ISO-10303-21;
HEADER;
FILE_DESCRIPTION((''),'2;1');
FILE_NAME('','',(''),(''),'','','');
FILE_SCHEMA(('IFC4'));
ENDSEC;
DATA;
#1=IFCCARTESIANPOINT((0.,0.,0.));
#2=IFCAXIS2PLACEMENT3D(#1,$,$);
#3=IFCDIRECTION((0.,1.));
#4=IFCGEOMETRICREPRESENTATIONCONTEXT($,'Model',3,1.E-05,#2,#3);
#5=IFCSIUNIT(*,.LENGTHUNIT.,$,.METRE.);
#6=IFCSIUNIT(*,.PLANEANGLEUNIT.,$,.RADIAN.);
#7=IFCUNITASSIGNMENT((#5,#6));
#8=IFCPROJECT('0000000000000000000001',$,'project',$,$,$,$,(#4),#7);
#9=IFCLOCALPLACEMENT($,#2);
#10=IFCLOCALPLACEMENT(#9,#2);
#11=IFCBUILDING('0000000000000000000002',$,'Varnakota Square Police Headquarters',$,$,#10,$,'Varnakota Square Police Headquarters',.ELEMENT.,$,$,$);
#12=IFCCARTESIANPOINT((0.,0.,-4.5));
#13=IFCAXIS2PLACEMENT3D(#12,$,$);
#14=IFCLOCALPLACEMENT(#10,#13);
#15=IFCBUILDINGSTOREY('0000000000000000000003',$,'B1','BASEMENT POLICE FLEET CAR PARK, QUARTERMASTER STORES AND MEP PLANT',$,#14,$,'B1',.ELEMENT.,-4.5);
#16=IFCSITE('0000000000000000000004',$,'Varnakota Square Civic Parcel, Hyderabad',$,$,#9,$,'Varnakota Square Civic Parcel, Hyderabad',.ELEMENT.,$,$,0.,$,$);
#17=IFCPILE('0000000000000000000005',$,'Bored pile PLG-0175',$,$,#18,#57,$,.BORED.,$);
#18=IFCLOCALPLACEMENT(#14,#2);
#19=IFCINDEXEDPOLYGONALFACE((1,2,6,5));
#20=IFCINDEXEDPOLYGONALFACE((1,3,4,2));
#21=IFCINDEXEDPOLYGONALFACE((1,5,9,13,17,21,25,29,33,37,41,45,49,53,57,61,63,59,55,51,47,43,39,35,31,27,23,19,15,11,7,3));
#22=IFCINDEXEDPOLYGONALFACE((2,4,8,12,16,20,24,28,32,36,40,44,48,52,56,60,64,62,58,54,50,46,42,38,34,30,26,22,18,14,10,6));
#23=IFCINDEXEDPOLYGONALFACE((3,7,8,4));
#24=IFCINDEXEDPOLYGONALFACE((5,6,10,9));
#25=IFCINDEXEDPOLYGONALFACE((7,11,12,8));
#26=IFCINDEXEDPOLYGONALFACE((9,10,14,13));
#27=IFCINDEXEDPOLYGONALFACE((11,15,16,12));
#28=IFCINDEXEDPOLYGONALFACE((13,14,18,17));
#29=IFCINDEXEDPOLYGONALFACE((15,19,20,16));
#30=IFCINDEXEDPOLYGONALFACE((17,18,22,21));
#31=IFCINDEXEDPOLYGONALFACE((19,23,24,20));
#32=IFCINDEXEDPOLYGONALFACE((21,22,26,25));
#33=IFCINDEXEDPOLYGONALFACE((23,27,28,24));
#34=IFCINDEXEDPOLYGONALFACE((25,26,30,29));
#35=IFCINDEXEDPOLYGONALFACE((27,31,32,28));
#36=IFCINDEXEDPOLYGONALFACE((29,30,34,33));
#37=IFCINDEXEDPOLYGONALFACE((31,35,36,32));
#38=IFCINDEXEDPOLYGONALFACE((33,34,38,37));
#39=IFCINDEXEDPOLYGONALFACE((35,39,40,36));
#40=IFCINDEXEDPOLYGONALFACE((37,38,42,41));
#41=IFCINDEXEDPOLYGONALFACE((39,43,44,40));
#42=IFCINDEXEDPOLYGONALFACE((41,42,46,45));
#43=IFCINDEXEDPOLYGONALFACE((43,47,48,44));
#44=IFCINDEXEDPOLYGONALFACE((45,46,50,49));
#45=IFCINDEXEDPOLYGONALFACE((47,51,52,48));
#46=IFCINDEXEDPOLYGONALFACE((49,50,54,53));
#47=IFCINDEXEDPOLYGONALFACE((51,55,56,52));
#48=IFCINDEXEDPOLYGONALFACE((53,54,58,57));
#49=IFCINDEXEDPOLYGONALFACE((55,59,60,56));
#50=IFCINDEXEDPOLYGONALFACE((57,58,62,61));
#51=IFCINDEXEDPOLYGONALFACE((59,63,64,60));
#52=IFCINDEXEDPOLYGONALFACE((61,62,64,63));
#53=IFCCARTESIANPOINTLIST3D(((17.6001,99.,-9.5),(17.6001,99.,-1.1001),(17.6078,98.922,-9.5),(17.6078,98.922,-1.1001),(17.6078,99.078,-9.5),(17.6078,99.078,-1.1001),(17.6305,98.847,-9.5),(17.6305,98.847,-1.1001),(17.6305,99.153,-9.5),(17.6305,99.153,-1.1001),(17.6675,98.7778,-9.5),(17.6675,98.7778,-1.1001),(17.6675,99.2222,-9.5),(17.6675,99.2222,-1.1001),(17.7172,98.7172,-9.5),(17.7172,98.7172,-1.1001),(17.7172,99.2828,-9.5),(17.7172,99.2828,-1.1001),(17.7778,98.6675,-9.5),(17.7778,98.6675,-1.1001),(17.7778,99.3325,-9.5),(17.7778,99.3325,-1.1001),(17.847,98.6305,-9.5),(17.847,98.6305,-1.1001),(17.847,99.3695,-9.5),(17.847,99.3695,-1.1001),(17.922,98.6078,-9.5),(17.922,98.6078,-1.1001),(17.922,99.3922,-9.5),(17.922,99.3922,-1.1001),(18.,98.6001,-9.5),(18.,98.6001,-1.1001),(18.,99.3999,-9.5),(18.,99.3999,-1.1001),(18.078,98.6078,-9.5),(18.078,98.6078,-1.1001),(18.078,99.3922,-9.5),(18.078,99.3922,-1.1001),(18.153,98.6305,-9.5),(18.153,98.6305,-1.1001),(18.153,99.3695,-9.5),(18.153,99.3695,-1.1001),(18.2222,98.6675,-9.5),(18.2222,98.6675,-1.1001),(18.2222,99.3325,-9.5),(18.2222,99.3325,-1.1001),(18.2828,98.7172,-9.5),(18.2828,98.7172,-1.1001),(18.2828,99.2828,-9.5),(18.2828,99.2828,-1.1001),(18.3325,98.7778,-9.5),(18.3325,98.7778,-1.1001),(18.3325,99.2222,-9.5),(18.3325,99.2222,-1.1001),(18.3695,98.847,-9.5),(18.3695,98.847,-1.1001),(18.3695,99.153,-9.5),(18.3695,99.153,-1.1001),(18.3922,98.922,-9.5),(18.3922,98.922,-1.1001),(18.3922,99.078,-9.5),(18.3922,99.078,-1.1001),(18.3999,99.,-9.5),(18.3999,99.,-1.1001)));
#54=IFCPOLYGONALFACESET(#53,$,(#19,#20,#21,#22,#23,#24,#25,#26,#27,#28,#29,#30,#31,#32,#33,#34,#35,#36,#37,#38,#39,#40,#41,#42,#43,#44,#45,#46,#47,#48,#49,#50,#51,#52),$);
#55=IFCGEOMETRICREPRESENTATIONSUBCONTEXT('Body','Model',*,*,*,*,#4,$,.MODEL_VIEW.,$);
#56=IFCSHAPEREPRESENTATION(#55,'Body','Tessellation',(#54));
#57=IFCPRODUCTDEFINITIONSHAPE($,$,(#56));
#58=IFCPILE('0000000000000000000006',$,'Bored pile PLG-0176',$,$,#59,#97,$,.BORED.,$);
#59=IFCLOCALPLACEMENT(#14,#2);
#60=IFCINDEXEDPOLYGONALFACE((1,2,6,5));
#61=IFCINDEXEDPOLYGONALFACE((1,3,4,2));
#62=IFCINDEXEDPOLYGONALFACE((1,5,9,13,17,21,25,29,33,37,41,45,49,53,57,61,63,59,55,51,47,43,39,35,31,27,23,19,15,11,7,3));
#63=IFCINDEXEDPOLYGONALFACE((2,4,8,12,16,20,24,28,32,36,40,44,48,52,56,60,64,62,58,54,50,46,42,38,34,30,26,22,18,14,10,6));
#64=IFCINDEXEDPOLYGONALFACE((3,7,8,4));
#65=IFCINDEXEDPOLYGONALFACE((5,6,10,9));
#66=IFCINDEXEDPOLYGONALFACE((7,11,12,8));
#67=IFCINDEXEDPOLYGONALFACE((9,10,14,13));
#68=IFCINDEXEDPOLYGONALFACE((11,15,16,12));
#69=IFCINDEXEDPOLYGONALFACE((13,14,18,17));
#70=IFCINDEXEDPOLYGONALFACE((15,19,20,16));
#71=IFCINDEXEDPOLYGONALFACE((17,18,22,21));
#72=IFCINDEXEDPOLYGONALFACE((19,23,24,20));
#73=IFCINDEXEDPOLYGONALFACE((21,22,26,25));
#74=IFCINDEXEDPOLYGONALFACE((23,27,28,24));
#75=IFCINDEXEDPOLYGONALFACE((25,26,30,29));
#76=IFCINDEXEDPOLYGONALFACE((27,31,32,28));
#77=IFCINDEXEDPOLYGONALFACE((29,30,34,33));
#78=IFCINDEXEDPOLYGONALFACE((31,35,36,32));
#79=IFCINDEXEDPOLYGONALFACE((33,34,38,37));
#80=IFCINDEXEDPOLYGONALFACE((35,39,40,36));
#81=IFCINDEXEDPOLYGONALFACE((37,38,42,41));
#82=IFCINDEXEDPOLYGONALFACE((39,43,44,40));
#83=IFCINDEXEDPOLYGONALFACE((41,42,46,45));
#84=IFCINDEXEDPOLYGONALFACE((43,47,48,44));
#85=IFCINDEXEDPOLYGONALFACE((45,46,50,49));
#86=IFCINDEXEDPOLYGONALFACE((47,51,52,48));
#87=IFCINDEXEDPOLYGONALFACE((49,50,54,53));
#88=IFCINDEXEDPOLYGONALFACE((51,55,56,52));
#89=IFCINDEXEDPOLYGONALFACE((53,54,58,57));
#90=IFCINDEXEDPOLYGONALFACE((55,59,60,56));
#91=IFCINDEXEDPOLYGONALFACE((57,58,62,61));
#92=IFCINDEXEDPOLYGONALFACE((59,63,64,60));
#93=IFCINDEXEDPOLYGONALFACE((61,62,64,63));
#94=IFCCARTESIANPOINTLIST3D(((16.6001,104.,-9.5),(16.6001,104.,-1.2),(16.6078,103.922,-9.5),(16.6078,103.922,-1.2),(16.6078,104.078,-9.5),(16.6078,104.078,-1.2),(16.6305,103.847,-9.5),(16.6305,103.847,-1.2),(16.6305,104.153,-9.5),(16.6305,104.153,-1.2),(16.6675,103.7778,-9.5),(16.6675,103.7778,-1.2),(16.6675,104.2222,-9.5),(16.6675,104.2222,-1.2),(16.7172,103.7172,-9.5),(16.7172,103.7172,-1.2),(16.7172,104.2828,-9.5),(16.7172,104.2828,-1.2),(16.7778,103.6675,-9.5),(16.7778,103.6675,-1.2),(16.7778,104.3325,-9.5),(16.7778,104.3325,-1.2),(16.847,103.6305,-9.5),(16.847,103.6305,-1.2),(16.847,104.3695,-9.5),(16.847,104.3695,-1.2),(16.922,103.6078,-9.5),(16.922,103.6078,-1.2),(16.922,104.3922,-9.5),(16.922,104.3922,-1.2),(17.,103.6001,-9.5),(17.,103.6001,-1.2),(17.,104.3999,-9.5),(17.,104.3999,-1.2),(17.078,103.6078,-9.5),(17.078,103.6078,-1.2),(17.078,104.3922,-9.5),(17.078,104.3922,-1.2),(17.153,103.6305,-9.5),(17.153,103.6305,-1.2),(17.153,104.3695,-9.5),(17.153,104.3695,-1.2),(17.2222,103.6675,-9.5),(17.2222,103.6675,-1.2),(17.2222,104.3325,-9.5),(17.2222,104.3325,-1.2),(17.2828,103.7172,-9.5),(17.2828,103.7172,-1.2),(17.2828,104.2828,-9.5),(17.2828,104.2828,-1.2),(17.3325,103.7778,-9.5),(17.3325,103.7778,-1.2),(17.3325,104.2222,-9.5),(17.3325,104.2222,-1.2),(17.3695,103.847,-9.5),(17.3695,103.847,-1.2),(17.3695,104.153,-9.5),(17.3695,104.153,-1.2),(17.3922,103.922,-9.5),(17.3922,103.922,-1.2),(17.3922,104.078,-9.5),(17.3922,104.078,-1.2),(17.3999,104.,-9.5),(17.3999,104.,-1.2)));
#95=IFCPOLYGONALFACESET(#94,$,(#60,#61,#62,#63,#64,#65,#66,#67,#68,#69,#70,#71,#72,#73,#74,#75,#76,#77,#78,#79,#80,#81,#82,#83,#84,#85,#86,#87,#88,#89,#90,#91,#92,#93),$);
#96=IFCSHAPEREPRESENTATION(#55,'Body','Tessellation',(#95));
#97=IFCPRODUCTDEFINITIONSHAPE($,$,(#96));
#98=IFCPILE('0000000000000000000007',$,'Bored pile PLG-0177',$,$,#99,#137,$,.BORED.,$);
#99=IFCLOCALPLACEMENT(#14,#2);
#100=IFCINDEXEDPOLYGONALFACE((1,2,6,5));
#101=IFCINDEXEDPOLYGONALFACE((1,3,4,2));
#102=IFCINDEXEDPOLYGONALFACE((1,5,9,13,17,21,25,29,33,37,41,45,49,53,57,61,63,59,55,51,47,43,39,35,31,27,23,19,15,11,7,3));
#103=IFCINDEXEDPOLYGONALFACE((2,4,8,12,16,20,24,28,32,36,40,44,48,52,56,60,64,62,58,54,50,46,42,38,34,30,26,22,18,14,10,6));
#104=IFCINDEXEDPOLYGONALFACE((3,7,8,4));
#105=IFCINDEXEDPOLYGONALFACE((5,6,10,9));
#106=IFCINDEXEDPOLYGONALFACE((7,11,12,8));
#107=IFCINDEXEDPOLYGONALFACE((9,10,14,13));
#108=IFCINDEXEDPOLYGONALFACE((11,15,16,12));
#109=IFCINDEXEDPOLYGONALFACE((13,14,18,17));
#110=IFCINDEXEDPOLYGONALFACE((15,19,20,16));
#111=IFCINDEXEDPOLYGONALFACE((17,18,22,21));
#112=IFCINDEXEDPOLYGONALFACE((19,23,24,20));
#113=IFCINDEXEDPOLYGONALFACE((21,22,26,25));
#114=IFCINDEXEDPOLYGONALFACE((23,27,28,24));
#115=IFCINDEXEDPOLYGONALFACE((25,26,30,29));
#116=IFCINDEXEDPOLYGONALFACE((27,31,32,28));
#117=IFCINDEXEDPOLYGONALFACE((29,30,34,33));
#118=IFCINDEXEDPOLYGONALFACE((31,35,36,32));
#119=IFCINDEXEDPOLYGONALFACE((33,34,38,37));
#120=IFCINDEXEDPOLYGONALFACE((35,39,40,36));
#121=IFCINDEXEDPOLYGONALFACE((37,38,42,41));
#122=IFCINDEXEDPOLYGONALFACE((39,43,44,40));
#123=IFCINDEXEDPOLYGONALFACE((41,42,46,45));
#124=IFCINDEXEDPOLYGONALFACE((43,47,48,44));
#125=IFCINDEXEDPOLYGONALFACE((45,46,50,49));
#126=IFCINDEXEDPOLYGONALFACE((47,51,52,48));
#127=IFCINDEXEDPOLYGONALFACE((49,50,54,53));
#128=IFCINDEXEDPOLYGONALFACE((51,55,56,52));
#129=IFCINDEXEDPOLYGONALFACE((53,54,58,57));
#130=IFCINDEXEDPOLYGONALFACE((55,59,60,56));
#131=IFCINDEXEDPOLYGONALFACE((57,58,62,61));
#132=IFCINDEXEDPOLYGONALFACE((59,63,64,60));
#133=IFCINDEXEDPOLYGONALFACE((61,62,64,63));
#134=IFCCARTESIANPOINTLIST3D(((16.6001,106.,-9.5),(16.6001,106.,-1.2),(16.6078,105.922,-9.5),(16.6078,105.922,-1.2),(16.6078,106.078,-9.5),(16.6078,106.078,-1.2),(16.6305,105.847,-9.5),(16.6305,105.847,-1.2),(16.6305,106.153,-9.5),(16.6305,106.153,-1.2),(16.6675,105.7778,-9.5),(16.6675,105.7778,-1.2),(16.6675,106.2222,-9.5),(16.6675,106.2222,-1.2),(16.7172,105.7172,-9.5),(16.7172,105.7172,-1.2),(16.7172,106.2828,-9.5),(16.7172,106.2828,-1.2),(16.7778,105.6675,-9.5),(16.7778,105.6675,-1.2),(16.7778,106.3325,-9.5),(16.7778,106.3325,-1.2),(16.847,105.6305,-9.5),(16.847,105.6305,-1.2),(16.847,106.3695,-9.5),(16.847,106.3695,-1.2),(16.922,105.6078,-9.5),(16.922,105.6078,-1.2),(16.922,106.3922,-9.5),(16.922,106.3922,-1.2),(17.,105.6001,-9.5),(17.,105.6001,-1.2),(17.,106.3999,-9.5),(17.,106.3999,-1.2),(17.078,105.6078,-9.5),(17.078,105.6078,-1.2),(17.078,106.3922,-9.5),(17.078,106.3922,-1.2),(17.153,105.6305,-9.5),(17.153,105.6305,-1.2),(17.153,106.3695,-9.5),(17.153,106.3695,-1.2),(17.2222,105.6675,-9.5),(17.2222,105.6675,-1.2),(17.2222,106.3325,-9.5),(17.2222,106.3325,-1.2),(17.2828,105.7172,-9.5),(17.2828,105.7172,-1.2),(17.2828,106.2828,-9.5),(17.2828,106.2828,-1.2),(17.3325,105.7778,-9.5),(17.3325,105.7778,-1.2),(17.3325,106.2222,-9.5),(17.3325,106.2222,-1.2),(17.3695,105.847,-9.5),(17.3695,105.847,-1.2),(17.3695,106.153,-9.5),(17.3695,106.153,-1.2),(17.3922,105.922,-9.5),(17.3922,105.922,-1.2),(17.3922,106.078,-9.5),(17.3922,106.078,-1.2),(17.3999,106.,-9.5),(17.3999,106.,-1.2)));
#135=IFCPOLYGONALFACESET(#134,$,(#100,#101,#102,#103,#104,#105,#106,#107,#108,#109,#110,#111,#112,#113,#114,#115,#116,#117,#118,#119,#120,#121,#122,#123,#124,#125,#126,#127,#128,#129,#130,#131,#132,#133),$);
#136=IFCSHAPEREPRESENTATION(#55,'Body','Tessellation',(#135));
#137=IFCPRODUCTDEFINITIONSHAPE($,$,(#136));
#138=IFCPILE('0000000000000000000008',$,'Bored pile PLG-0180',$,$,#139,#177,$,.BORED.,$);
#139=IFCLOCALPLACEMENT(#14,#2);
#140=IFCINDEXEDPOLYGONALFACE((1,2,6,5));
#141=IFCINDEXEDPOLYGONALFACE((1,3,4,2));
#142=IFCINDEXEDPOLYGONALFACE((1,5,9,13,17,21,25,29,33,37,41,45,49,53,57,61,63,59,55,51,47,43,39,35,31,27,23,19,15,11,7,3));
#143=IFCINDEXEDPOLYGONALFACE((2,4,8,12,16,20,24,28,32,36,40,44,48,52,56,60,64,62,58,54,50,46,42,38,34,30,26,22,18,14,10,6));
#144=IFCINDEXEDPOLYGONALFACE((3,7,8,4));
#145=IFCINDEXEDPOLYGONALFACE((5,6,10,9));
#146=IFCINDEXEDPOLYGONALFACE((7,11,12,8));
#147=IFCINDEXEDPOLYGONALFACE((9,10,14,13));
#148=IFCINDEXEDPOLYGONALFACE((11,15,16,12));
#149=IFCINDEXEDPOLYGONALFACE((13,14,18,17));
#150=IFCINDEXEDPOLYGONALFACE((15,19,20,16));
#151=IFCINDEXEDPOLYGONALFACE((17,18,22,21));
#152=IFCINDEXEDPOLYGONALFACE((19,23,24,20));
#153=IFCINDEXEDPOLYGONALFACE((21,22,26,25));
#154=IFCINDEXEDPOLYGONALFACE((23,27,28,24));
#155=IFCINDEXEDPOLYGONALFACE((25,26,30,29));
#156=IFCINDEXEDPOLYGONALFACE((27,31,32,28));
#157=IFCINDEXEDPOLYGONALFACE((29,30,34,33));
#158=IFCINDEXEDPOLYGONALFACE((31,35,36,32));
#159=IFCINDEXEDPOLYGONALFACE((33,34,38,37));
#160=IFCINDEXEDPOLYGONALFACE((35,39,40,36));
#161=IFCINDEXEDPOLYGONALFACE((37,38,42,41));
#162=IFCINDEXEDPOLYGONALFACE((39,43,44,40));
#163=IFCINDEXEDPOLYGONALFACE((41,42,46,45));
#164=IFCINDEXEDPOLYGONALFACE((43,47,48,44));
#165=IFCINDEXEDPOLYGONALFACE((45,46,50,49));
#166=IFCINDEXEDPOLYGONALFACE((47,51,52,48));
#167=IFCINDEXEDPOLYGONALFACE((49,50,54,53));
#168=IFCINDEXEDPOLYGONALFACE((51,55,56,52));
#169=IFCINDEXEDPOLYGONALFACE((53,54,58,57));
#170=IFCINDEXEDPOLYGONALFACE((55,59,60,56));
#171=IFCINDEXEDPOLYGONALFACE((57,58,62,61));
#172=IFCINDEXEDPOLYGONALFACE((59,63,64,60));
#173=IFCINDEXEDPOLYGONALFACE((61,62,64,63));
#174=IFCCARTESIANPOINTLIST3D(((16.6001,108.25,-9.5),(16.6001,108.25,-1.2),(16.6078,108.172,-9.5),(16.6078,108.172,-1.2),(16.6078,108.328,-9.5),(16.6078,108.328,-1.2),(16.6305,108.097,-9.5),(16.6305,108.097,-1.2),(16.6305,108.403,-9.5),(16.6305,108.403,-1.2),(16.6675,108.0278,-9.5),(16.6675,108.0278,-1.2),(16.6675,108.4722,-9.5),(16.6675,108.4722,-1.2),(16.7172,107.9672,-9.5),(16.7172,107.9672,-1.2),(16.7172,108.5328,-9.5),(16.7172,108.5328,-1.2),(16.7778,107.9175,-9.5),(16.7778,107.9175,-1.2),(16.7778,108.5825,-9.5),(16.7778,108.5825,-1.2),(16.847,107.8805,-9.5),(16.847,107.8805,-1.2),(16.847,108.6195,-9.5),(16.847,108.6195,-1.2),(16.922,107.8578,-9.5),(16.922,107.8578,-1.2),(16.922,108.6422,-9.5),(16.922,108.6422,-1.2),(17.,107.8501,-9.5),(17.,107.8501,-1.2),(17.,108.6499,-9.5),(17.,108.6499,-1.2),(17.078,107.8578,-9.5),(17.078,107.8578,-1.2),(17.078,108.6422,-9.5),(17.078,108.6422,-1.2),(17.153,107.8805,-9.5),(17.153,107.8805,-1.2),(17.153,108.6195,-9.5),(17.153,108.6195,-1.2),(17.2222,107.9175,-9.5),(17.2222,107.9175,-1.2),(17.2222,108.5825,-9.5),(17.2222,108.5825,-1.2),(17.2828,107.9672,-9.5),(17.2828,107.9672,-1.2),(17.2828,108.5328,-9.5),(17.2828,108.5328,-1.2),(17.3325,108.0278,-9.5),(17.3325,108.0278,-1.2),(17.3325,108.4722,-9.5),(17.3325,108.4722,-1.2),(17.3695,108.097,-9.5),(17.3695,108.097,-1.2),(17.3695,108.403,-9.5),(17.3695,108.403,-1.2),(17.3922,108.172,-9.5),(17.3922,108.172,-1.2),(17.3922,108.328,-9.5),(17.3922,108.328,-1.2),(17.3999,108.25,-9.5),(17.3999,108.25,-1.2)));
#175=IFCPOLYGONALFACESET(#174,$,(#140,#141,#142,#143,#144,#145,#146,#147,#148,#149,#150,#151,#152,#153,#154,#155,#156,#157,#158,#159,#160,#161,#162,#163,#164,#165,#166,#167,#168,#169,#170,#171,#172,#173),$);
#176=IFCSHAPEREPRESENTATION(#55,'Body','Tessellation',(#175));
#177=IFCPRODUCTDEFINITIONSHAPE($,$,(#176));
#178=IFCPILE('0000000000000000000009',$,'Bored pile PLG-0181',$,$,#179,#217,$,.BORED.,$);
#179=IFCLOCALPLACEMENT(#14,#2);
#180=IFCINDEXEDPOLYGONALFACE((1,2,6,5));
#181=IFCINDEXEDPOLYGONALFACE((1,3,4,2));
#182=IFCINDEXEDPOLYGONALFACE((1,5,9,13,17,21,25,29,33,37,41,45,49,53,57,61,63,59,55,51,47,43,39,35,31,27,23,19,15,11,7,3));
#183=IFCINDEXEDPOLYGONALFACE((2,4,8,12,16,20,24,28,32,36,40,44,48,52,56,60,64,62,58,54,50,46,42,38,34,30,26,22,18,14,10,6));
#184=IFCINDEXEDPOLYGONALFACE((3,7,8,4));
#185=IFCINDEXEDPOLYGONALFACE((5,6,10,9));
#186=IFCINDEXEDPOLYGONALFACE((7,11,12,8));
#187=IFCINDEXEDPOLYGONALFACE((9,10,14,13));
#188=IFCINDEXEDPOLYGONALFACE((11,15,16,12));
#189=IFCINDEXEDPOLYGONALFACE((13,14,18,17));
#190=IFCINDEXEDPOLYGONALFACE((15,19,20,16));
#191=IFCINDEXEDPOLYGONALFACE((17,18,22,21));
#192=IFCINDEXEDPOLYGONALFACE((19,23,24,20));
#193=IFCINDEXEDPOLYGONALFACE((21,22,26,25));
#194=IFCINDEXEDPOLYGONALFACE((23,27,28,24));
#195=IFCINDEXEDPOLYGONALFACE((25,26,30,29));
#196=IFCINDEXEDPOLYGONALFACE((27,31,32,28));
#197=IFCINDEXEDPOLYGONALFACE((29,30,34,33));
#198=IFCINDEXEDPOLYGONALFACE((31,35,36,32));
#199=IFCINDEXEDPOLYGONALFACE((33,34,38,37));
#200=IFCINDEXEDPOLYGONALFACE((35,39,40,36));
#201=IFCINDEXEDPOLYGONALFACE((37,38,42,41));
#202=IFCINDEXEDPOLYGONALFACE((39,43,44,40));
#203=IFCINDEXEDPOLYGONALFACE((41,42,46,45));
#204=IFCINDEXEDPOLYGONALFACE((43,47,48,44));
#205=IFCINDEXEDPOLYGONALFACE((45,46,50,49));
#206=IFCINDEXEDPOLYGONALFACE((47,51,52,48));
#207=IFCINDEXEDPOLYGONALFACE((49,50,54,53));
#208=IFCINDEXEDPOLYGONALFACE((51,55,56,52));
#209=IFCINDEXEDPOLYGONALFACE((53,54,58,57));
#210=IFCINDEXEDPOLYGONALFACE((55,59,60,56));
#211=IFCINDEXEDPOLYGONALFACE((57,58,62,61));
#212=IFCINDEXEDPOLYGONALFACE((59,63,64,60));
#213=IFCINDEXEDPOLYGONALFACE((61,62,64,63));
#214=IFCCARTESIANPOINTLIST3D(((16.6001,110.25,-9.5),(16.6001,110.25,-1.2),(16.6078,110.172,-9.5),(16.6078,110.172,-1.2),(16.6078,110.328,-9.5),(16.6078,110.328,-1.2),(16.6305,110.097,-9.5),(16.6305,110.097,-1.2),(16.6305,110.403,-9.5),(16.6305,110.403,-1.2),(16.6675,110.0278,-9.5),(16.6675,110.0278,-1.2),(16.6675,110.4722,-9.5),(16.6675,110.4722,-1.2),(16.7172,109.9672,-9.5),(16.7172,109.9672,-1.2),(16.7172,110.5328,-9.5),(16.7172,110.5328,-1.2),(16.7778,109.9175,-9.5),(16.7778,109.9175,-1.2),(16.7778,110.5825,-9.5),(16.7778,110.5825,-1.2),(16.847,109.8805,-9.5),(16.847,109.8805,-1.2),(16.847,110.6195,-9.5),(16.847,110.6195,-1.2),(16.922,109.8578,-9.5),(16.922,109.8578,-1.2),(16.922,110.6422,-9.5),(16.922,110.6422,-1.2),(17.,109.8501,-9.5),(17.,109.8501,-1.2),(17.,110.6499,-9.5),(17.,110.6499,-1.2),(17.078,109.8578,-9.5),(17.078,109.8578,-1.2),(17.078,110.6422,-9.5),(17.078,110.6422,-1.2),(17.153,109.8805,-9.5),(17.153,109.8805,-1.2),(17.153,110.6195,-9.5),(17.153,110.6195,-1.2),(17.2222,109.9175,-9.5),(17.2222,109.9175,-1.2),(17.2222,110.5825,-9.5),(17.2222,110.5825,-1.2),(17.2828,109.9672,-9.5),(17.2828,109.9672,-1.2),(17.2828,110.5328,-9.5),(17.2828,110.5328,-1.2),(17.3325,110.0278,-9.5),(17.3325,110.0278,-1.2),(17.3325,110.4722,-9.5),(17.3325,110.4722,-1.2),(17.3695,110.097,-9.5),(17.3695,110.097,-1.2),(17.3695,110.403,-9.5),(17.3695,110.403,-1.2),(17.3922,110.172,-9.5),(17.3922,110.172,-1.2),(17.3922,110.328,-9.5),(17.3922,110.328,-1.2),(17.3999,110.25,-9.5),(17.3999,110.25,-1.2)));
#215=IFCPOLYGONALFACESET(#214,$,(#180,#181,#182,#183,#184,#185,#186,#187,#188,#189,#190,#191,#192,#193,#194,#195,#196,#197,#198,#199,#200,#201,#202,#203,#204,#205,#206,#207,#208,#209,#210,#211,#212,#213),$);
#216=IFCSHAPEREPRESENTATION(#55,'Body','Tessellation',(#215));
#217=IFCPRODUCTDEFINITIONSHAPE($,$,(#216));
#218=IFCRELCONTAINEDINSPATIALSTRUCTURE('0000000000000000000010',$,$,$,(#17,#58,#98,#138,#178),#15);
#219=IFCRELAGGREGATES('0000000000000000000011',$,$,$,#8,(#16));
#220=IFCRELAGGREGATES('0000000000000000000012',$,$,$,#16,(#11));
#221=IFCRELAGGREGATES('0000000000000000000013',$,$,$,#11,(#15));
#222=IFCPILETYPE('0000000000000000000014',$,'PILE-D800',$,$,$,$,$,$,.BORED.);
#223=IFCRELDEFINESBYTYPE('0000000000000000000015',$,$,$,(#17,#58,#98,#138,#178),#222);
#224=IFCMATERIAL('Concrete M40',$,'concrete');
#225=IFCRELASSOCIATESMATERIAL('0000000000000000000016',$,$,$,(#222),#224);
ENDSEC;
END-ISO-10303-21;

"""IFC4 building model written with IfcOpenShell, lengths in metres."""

from ifc_helpers import new_model, si_unit, direction, frame, origin, origin_2d, place, context, subcontext, project, spatial, circle, extrude, material, material_profile, profile_set, type_object, element, save


model = new_model("IFC4")

# Units and contexts
model_context = context("Model", 3, precision=1e-05, world=origin(), true_north=direction((0.0, 1.0)))
body_context = subcontext(model_context, "Body", "Model", "MODEL_VIEW")
ifc_project = project(units=[si_unit("LENGTHUNIT", "METRE"), si_unit("PLANEANGLEUNIT", "RADIAN")], contexts=[model_context])

# Site, building, storey
site_placement = place(None, origin())
site = spatial("IfcSite", under=ifc_project, at=site_placement, Name="Varnakota Square Civic Parcel, Hyderabad", LongName="Varnakota Square Civic Parcel, Hyderabad", CompositionType="ELEMENT", RefElevation=0.0)
building_placement = place(site_placement, origin())
building = spatial("IfcBuilding", under=site, at=building_placement, Name="Varnakota Square Police Headquarters", LongName="Varnakota Square Police Headquarters", CompositionType="ELEMENT")
storey_placement = place(building_placement, frame((0.0, 0.0, -4.5)))
storey = spatial("IfcBuildingStorey", under=building, at=storey_placement, Name="B1", Description="BASEMENT POLICE FLEET CAR PARK, QUARTERMASTER STORES AND MEP PLANT", LongName="B1", CompositionType="ELEMENT", Elevation=-4.5)

# Shared definitions
ifc_material_1 = material(Name="Concrete M40", Category="concrete")

# Piles
ifc_material_profile_1 = material_profile(ifc_material_1, circle(Radius=0.3999, at=origin_2d()), Name="BORED PILE 800")
ifc_profile_set_1 = profile_set([ifc_material_profile_1], Name="Concrete M40")
pile_type = type_object("IfcPileType", Name="PILE-D800", PredefinedType="BORED", material=ifc_profile_set_1)
pile_placement = place(storey_placement, frame((18.0, 99.0, -1.1001), z_axis=(0.0, 0.0, -1.0), x_axis=(1.0, 0.0, 0.0)))
element("IfcPile", 1, at=pile_placement, inside=storey, type_object=pile_type, Name="Bored pile PLG-0175", PredefinedType="BORED", context=body_context, shape_type="SweptSolid", body=[
    extrude(circle(Radius=0.3999, at=origin_2d()), origin(), (0.0, 0.0, 1.0), 8.3999),
])
for number, where, z_axis, x_axis, name in (
    (2, (17.0, 104.0, -1.2), (0.0, 0.0, -1.0), (1.0, 0.0, 0.0), "Bored pile PLG-0176"),
    (3, (17.0, 106.0, -1.2), (0.0, 0.0, -1.0), (1.0, 0.0, 0.0), "Bored pile PLG-0177"),
    (4, (17.0, 108.25, -1.2), (0.0, 0.0, -1.0), (1.0, 0.0, 0.0), "Bored pile PLG-0180"),
    (5, (17.0, 110.25, -1.2), (0.0, 0.0, -1.0), (1.0, 0.0, 0.0), "Bored pile PLG-0181"),
):
    element("IfcPile", number, at=place(storey_placement, frame(where, z_axis=z_axis, x_axis=x_axis)), inside=storey, type_object=pile_type, Name=name, PredefinedType="BORED", context=body_context, shape_type="SweptSolid", body=[
        extrude(circle(Radius=0.3999, at=origin_2d()), origin(), (0.0, 0.0, 1.0), 8.3),
    ])

save(model, "model.ifc")
